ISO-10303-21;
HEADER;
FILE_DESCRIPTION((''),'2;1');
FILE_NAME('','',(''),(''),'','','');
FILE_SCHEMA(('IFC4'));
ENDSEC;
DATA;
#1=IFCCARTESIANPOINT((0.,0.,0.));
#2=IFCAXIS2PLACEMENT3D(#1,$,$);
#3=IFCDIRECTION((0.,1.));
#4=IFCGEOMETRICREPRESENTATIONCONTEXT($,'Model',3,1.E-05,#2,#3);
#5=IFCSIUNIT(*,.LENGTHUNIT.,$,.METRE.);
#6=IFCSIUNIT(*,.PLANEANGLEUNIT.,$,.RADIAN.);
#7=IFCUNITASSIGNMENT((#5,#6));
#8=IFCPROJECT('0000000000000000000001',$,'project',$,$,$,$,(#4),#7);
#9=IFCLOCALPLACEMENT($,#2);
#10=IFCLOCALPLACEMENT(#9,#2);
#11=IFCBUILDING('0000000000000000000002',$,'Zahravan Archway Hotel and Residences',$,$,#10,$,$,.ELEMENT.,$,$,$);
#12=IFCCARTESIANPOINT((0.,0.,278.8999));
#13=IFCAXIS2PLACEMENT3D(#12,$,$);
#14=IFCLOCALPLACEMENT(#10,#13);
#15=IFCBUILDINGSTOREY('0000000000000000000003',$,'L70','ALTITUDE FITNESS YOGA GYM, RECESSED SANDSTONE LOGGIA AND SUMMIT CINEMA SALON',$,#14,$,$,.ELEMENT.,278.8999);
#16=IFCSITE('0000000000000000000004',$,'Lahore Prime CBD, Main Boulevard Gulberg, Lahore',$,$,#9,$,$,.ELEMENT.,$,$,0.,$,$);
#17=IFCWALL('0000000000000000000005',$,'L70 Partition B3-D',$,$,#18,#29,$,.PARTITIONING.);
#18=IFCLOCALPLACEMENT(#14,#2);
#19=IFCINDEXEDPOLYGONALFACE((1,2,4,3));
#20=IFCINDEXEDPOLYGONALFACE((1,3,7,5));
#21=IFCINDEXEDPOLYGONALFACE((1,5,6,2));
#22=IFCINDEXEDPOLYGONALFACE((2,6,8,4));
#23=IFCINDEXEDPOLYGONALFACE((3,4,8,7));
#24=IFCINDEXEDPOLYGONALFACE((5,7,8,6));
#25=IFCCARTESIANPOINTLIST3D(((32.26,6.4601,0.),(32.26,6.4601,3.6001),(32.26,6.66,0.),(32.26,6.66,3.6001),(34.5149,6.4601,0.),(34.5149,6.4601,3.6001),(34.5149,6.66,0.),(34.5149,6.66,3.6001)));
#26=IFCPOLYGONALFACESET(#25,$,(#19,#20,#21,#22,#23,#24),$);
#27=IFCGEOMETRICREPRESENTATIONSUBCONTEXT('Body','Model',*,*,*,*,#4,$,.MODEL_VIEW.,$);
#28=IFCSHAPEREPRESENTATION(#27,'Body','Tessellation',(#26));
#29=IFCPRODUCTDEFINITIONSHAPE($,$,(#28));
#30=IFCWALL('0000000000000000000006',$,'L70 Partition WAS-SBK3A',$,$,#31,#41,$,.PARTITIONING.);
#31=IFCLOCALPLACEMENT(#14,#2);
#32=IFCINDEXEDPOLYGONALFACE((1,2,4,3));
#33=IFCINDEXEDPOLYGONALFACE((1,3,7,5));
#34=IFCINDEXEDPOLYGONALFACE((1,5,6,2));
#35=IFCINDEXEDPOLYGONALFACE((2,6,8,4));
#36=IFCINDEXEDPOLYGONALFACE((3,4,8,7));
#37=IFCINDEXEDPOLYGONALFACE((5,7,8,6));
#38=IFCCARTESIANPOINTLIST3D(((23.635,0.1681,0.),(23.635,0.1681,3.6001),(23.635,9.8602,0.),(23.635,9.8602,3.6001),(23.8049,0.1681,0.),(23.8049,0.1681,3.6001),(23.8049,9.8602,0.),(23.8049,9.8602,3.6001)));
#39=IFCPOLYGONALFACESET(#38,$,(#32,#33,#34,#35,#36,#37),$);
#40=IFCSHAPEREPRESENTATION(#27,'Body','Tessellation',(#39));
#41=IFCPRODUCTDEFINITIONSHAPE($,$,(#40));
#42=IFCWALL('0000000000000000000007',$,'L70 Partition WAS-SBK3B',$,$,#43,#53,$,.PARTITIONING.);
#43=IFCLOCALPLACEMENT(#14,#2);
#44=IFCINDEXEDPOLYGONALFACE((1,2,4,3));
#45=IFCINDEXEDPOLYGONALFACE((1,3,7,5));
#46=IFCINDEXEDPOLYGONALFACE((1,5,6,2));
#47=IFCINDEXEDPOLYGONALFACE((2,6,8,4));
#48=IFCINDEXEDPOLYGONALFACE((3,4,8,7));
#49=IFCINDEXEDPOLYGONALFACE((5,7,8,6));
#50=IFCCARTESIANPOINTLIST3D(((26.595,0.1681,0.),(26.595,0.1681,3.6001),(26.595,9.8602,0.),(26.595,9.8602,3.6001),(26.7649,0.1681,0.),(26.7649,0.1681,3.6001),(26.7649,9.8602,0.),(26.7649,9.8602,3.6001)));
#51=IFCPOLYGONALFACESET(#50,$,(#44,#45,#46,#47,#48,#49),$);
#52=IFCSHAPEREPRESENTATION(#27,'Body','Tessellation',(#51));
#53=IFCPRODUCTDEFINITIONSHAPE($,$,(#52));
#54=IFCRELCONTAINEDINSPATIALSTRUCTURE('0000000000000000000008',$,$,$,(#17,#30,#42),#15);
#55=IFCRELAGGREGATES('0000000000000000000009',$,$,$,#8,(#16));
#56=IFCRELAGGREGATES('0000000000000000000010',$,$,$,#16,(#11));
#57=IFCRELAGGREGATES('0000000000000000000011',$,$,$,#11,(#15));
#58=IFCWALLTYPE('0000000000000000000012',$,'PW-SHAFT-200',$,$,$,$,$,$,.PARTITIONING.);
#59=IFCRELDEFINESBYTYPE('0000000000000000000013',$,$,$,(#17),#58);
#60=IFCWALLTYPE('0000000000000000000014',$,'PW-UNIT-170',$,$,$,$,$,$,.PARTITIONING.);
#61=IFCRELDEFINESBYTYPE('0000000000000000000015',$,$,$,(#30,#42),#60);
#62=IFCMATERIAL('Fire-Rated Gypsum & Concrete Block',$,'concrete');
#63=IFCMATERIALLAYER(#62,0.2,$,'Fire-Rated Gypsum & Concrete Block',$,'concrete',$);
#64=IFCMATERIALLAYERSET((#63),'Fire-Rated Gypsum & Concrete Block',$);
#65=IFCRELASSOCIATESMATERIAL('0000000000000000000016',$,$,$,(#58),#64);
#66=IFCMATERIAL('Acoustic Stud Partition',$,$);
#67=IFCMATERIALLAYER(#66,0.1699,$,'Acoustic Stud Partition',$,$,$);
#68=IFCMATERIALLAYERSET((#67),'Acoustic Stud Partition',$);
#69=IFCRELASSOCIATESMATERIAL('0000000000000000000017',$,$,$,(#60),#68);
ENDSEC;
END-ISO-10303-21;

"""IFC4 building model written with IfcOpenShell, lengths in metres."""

from ifc_helpers import new_model, si_unit, direction, frame, frame_2d, origin, place, context, subcontext, project, spatial, rectangle, extrude, material, layer, layer_set, type_object, element, save


model = new_model("IFC4")

# Units and contexts
model_context = context("Model", 3, precision=1e-05, world=origin(), true_north=direction((0.0, 1.0)))
body_context = subcontext(model_context, "Body", "Model", "MODEL_VIEW")
ifc_project = project(units=[si_unit("LENGTHUNIT", "METRE"), si_unit("PLANEANGLEUNIT", "RADIAN")], contexts=[model_context])

# Site, building, storey
site_placement = place(None, origin())
site = spatial("IfcSite", under=ifc_project, at=site_placement, Name="Lahore Prime CBD, Main Boulevard Gulberg, Lahore", CompositionType="ELEMENT", RefElevation=0.0)
building_placement = place(site_placement, origin())
building = spatial("IfcBuilding", under=site, at=building_placement, Name="Zahravan Archway Hotel and Residences", CompositionType="ELEMENT")
storey_placement = place(building_placement, frame((0.0, 0.0, 278.8999)))
storey = spatial("IfcBuildingStorey", under=building, at=storey_placement, Name="L70", Description="ALTITUDE FITNESS YOGA GYM, RECESSED SANDSTONE LOGGIA AND SUMMIT CINEMA SALON", CompositionType="ELEMENT", Elevation=278.8999)

# Shared definitions
ifc_material_1 = material(Name="Fire-Rated Gypsum & Concrete Block", Category="concrete")

# Shared definitions
ifc_layer_1 = layer(ifc_material_1, 0.2, Name="Fire-Rated Gypsum & Concrete Block", Category="concrete")
ifc_layer_set_1 = layer_set([ifc_layer_1], Name="Fire-Rated Gypsum & Concrete Block")
wall_type_1 = type_object("IfcWallType", Name="PW-SHAFT-200", PredefinedType="PARTITIONING", material=ifc_layer_set_1)

# Walls
wall_1_placement = place(storey_placement, frame((32.26, 6.5601, 0.0), z_axis=(0.0, 0.0, 1.0), x_axis=(1.0, 0.0, 0.0)))
element("IfcWall", 1, at=wall_1_placement, inside=storey, type_object=wall_type_1, Name="L70 Partition B3-D", PredefinedType="PARTITIONING", context=body_context, shape_type="SweptSolid", body=[
    extrude(rectangle(XDim=2.2549, YDim=0.2, at=frame_2d((1.1274, 0.0))), origin(), (0.0, 0.0, 1.0), 3.6001),
])
ifc_material_2 = material(Name="Acoustic Stud Partition")
ifc_layer_2 = layer(ifc_material_2, 0.1699, Name="Acoustic Stud Partition")
ifc_layer_set_2 = layer_set([ifc_layer_2], Name="Acoustic Stud Partition")
wall_type_2 = type_object("IfcWallType", Name="PW-UNIT-170", PredefinedType="PARTITIONING", material=ifc_layer_set_2)
for number, where, z_axis, x_axis, name in (
    (2, (23.72, 0.168, 0.0), (0.0, 0.0, 1.0), (0.0, 1.0, 0.0), "L70 Partition WAS-SBK3A"),
    (3, (26.6799, 0.168, 0.0), (0.0, 0.0, 1.0), (0.0, 1.0, 0.0), "L70 Partition WAS-SBK3B"),
):
    element("IfcWall", number, at=place(storey_placement, frame(where, z_axis=z_axis, x_axis=x_axis)), inside=storey, type_object=wall_type_2, Name=name, PredefinedType="PARTITIONING", context=body_context, shape_type="SweptSolid", body=[
        extrude(rectangle(XDim=9.6921, YDim=0.1699, at=frame_2d((4.8462, 0.0))), origin(), (0.0, 0.0, 1.0), 3.6001),
    ])

save(model, "model.ifc")
